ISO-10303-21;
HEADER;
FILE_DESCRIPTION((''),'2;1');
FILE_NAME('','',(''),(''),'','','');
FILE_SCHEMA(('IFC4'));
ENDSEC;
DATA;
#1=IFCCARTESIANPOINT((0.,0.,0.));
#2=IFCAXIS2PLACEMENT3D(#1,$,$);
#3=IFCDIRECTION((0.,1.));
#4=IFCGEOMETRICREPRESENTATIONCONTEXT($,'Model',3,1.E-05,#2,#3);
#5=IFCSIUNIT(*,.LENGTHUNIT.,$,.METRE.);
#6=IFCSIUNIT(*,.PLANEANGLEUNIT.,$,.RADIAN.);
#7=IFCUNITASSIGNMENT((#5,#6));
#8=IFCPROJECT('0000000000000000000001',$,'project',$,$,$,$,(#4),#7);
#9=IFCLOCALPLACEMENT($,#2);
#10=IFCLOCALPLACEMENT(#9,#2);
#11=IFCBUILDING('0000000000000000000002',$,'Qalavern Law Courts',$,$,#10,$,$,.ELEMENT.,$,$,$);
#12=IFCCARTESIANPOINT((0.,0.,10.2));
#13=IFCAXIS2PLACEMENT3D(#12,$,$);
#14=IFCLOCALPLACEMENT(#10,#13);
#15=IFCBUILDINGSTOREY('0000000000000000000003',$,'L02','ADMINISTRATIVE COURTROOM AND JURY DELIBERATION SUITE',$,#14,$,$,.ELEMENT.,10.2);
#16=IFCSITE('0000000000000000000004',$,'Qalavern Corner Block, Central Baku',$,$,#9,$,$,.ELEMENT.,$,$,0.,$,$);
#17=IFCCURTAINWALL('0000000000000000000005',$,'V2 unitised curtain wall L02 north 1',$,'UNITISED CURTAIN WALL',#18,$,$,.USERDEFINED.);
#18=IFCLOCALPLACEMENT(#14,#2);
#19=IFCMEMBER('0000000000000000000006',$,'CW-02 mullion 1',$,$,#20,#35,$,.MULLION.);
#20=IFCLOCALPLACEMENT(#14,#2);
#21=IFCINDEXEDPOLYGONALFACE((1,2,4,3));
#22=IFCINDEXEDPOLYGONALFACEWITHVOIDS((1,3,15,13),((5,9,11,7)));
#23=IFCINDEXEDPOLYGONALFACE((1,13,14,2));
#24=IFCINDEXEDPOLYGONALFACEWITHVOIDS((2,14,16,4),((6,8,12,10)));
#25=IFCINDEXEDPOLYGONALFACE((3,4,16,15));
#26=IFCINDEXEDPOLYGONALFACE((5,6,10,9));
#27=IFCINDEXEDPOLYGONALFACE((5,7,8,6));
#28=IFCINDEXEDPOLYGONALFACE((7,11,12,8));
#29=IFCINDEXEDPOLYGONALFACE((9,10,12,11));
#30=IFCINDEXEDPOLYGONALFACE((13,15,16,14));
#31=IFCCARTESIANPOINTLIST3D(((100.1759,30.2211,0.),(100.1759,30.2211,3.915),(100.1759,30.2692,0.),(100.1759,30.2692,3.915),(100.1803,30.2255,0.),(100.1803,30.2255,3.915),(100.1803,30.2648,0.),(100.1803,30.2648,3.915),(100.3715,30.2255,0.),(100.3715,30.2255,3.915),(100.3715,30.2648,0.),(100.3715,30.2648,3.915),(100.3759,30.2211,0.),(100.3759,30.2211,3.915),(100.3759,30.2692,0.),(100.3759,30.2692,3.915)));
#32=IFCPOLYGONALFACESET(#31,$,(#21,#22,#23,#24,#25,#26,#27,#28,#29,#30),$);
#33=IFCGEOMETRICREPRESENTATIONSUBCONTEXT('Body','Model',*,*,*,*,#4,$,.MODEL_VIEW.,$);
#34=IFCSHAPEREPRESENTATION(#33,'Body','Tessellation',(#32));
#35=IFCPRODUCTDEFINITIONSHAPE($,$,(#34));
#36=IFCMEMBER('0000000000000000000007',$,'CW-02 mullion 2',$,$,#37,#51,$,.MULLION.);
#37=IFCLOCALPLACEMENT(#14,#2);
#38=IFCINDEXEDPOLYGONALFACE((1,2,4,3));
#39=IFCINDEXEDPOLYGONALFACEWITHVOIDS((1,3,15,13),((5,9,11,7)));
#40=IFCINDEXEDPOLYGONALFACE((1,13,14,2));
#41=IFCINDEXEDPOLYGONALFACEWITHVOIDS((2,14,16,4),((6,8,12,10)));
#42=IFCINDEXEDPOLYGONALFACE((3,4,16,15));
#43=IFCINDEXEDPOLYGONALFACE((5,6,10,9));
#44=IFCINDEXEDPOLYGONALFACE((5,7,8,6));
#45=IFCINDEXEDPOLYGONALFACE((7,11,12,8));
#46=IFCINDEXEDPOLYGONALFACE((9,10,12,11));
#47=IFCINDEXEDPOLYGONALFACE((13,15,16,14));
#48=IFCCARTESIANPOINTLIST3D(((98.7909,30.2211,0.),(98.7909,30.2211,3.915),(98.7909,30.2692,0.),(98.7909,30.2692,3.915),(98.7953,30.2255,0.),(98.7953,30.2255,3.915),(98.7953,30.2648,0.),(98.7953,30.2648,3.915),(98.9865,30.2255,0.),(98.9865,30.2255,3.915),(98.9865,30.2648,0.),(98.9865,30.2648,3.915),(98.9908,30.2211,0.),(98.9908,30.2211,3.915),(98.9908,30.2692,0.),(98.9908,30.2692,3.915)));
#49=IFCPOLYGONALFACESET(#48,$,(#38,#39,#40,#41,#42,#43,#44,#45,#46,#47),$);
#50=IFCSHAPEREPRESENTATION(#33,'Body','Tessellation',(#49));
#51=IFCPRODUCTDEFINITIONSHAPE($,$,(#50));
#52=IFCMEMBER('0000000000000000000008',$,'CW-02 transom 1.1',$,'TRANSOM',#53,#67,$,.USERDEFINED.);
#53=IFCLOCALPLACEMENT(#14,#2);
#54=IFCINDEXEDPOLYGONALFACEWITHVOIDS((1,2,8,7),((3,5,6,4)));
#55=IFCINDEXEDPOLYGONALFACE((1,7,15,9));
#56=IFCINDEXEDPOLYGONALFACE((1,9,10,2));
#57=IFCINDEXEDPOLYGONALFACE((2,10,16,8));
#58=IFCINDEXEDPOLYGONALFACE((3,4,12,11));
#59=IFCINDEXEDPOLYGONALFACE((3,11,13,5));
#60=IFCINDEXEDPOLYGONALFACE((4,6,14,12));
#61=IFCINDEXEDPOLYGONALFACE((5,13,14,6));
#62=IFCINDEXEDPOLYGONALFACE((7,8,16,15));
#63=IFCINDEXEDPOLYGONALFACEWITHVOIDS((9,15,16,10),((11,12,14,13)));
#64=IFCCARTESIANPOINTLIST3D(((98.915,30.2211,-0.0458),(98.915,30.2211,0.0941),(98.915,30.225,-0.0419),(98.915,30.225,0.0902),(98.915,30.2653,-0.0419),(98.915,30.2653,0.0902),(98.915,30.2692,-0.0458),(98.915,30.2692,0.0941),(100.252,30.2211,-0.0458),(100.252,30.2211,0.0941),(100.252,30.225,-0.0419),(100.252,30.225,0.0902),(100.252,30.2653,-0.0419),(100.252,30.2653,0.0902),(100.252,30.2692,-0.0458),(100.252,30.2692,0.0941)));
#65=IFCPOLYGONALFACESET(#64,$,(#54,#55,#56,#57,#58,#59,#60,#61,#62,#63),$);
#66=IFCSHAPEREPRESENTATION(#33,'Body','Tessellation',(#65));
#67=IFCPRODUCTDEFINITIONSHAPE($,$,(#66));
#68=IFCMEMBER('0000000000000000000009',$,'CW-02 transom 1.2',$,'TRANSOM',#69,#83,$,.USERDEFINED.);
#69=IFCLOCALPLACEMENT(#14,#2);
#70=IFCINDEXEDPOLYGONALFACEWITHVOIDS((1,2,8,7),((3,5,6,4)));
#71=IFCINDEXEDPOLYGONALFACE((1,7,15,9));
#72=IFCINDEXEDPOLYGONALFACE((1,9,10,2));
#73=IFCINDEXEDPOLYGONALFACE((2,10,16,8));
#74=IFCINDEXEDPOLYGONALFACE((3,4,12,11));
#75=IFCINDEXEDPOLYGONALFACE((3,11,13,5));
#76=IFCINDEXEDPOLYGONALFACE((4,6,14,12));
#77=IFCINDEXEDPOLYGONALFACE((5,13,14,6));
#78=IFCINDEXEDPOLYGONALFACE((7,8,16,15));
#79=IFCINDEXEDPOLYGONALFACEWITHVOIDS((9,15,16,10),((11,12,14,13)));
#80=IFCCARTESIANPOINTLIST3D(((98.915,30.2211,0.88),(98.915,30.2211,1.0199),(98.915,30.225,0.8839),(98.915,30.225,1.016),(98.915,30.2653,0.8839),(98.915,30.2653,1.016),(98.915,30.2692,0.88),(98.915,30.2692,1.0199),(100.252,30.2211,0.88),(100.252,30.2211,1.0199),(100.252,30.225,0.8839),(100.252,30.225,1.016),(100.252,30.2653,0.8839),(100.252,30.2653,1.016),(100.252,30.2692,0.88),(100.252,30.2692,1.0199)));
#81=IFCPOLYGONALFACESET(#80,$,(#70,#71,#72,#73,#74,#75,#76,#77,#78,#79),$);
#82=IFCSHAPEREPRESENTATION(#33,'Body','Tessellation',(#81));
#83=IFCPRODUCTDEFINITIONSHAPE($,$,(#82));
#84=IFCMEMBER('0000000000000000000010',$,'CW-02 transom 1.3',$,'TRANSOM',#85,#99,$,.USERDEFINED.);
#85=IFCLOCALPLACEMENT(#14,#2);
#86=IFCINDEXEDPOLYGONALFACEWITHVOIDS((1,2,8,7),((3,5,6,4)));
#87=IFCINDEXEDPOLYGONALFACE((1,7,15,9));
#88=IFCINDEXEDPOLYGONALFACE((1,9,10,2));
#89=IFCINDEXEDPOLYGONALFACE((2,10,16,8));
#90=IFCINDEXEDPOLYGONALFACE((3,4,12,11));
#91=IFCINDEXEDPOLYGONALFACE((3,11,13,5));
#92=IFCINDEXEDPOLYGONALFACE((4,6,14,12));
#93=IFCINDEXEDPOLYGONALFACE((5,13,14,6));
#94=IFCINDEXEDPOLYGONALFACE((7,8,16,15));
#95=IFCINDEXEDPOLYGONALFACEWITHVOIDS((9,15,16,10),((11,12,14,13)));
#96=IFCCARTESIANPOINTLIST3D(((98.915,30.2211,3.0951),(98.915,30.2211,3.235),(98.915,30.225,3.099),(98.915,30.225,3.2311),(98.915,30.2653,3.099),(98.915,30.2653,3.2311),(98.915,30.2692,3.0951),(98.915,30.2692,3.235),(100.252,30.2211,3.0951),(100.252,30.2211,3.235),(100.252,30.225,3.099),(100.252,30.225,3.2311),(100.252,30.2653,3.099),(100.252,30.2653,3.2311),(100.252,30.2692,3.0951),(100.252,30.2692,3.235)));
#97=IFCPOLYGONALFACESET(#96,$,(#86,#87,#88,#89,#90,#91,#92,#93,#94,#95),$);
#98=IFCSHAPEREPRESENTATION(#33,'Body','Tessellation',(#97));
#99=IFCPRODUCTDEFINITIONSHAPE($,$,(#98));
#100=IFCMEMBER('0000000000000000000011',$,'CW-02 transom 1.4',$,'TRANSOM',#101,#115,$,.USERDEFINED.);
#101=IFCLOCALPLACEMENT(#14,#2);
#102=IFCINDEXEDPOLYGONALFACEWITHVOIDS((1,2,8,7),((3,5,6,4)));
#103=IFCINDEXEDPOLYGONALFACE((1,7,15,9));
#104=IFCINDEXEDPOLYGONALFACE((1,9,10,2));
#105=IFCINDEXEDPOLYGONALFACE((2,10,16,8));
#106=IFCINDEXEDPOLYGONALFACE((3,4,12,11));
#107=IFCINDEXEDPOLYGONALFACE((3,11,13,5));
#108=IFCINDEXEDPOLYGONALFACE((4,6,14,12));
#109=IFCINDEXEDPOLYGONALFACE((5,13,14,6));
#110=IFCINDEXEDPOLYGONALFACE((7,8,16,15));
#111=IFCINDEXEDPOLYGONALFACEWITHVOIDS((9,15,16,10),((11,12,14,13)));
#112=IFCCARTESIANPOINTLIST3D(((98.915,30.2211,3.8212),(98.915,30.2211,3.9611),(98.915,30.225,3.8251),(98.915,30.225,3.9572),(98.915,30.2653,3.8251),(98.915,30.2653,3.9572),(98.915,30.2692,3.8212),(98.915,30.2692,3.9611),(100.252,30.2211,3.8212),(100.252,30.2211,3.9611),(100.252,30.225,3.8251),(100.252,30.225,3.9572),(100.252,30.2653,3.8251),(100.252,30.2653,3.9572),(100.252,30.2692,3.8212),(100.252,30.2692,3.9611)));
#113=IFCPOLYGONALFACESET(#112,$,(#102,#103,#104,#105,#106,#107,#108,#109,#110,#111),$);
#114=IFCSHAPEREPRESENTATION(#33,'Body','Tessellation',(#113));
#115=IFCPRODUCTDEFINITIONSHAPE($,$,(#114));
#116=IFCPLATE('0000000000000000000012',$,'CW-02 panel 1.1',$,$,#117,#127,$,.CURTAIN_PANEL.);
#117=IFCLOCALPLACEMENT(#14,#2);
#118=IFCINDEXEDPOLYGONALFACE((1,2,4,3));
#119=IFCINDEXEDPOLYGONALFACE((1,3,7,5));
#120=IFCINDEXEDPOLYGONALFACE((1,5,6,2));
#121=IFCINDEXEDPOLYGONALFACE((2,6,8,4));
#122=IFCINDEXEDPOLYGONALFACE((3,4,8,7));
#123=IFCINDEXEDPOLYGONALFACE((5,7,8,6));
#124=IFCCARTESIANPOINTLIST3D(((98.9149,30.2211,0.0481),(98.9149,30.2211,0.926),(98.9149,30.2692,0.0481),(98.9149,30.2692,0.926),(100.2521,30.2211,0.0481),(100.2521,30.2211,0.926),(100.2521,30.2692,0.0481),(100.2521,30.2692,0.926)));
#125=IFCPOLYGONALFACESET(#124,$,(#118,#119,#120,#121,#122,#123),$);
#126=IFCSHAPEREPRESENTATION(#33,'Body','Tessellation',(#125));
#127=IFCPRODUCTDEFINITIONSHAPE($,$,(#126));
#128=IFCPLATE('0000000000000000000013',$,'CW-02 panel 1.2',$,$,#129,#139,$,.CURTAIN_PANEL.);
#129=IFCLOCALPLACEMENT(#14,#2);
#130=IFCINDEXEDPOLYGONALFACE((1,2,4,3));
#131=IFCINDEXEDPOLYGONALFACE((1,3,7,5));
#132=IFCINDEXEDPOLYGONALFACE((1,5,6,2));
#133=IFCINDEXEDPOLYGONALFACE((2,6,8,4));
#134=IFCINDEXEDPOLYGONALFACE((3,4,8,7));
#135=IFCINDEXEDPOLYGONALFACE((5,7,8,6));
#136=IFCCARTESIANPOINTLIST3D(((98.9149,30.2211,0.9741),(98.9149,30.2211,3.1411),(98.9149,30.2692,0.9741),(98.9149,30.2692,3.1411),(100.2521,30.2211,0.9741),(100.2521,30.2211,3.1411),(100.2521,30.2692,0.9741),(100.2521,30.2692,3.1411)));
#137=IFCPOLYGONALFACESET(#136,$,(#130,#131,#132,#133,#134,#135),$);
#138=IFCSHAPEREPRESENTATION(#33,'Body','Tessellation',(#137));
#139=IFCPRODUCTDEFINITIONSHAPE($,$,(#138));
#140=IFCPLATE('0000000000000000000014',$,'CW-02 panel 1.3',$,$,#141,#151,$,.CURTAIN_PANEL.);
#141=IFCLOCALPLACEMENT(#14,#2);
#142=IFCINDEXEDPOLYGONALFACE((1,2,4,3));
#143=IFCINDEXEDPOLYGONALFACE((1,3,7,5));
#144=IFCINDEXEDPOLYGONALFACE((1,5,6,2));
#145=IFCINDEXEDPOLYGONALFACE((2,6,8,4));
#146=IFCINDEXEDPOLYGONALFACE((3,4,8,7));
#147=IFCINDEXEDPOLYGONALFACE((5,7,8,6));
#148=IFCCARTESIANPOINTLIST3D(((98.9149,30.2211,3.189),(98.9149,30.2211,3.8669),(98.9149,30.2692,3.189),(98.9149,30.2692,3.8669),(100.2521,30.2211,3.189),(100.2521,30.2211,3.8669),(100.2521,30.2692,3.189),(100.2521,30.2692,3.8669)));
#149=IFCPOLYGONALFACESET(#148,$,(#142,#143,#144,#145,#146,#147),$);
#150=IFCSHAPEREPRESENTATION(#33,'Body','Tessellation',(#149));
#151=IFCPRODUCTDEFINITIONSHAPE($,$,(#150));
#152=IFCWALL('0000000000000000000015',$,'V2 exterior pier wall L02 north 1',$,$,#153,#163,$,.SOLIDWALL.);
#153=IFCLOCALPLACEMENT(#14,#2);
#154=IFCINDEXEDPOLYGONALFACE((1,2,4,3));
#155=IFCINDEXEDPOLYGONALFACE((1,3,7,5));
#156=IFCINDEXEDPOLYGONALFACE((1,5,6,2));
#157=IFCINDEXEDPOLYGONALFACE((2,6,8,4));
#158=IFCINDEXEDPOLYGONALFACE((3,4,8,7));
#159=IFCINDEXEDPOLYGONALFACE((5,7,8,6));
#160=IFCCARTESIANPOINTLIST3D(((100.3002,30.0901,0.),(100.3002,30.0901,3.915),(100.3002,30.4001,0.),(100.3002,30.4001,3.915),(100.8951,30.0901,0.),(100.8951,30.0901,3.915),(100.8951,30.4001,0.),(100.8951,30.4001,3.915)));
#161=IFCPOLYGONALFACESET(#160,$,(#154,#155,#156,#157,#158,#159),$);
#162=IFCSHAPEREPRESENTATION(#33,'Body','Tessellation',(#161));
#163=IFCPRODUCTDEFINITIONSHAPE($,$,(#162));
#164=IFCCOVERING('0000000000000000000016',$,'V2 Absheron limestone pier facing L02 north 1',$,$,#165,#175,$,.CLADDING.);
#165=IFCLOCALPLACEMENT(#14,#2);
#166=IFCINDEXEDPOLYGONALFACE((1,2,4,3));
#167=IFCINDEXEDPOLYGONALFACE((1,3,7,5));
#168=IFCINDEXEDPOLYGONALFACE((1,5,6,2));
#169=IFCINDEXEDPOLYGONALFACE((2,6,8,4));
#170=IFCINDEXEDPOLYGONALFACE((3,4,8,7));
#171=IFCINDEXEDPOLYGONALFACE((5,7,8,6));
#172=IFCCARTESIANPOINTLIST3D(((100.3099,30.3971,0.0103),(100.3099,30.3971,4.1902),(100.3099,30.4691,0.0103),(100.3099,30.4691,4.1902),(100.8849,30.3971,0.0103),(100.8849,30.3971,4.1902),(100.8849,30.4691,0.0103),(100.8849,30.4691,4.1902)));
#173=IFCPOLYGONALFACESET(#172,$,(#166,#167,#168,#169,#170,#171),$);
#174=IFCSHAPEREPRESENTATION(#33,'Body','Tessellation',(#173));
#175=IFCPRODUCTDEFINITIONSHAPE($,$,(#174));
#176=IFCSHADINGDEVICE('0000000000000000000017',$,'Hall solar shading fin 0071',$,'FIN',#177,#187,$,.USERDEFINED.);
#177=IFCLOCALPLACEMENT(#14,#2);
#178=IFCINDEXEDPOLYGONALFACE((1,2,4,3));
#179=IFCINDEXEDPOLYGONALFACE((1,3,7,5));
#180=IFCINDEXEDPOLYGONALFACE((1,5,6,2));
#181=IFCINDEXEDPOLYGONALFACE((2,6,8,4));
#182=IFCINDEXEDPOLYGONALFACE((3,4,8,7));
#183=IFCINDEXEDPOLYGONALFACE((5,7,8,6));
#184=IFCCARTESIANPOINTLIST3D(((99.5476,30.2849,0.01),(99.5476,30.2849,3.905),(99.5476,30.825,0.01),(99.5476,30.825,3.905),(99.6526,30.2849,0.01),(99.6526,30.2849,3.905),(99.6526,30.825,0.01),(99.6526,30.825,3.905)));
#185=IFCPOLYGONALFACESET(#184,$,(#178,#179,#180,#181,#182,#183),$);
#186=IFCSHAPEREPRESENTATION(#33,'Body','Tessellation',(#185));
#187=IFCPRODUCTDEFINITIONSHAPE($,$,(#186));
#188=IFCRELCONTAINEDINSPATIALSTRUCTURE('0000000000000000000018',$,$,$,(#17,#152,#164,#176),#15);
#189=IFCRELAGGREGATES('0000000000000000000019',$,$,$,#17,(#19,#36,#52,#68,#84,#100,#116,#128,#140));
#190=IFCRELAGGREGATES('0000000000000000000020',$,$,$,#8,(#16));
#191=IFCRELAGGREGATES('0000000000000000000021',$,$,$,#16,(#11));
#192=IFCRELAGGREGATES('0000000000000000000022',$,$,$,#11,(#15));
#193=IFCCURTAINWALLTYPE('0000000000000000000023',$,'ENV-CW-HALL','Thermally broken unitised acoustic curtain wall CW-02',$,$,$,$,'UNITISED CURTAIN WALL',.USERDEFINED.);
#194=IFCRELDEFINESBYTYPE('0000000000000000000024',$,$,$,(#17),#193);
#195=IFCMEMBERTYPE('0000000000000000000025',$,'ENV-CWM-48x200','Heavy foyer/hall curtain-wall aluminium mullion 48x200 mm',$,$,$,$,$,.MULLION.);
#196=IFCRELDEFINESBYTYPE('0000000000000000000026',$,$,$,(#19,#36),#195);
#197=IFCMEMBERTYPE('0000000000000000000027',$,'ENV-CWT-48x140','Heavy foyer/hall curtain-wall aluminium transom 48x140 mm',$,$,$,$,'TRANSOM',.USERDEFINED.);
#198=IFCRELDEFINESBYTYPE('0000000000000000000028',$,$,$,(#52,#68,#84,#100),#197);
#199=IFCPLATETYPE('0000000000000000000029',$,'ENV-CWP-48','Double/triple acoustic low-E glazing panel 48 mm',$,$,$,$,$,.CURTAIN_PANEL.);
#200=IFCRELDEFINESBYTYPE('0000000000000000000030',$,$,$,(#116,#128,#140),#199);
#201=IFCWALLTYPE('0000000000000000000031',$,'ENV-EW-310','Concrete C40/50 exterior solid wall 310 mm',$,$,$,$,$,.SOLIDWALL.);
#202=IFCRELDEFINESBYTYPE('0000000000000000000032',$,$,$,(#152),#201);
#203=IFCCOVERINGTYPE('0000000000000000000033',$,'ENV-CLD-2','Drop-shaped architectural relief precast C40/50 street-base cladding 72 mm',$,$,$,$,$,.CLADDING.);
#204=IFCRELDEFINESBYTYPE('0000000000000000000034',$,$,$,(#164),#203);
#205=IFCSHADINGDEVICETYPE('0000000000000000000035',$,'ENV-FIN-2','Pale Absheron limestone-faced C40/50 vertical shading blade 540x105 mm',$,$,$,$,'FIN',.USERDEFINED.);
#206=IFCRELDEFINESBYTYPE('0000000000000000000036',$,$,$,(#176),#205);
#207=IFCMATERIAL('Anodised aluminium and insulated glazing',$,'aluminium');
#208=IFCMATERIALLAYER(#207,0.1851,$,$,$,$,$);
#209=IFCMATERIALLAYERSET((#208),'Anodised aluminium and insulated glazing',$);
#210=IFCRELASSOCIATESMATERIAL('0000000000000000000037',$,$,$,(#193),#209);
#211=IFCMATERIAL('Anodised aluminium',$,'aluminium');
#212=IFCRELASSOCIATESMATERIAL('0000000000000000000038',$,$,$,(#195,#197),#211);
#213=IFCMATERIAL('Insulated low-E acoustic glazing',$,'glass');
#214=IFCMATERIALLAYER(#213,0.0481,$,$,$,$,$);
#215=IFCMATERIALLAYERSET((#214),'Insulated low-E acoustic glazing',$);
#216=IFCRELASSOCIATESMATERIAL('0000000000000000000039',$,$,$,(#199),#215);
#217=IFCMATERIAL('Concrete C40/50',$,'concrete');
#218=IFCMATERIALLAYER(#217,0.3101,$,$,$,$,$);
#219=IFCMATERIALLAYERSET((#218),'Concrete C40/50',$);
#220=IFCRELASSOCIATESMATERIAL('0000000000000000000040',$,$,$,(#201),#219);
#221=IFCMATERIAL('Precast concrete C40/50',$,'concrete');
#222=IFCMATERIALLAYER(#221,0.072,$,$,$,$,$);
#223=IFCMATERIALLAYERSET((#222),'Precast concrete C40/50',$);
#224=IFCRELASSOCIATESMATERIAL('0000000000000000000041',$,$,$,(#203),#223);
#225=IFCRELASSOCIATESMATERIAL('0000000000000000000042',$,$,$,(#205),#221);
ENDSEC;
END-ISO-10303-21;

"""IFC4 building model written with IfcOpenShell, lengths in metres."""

from ifc_helpers import new_model, si_unit, direction, frame, frame_2d, origin, origin_2d, place, context, subcontext, project, spatial, rectangle, hollow_rectangle, extrude, material, layer, layer_set, material_profile, profile_set, type_object, element, aggregate, save


model = new_model("IFC4")

# Units and contexts
model_context = context("Model", 3, precision=1e-05, world=origin(), true_north=direction((0.0, 1.0)))
body_context = subcontext(model_context, "Body", "Model", "MODEL_VIEW")
ifc_project = project(units=[si_unit("LENGTHUNIT", "METRE"), si_unit("PLANEANGLEUNIT", "RADIAN")], contexts=[model_context])

# Site, building, storey
site_placement = place(None, origin())
site = spatial("IfcSite", under=ifc_project, at=site_placement, Name="Qalavern Corner Block, Central Baku", CompositionType="ELEMENT", RefElevation=0.0)
building_placement = place(site_placement, origin())
building = spatial("IfcBuilding", under=site, at=building_placement, Name="Qalavern Law Courts", CompositionType="ELEMENT")
storey_placement = place(building_placement, frame((0.0, 0.0, 10.2)))
storey = spatial("IfcBuildingStorey", under=building, at=storey_placement, Name="L02", Description="ADMINISTRATIVE COURTROOM AND JURY DELIBERATION SUITE", CompositionType="ELEMENT", Elevation=10.2)

# Curtain wall, members, plates
ifc_material_1 = material(Name="Anodised aluminium and insulated glazing", Category="aluminium")
ifc_layer_1 = layer(ifc_material_1, 0.1851)
ifc_layer_set_1 = layer_set([ifc_layer_1], Name="Anodised aluminium and insulated glazing")
curtain_wall_type = type_object("IfcCurtainWallType", Name="ENV-CW-HALL", Description="Thermally broken unitised acoustic curtain wall CW-02", ElementType="UNITISED CURTAIN WALL", PredefinedType="USERDEFINED", material=ifc_layer_set_1)
curtain_wall_placement = place(storey_placement, origin())
curtain_wall = element("IfcCurtainWall", 1, at=curtain_wall_placement, inside=storey, type_object=curtain_wall_type, Name="V2 unitised curtain wall L02 north 1", ObjectType="UNITISED CURTAIN WALL", PredefinedType="USERDEFINED")
ifc_material_2 = material(Name="Anodised aluminium", Category="aluminium")
ifc_material_profile_1 = material_profile(ifc_material_2, hollow_rectangle(XDim=0.0481, YDim=0.2, WallThickness=0.0044, at=origin_2d()), Name="ALU MULLION 48x200")
ifc_profile_set_1 = profile_set([ifc_material_profile_1], Name="Anodised aluminium")
member_type_1 = type_object("IfcMemberType", Name="ENV-CWM-48x200", Description="Heavy foyer/hall curtain-wall aluminium mullion 48x200 mm", PredefinedType="MULLION", material=ifc_profile_set_1)
member_1_placement = place(storey_placement, frame((100.2759, 30.2451, 0.0), z_axis=(0.0, 0.0, 1.0), x_axis=(0.0, -1.0, 0.0)))
member_1 = element("IfcMember", 2, at=member_1_placement, type_object=member_type_1, Name="CW-02 mullion 1", PredefinedType="MULLION", context=body_context, shape_type="SweptSolid", body=[
    extrude(hollow_rectangle(XDim=0.0481, YDim=0.2, WallThickness=0.0044, at=origin_2d()), origin(), (0.0, 0.0, 1.0), 3.915),
])
member_2_placement = place(storey_placement, frame((98.8909, 30.2451, 0.0), z_axis=(0.0, 0.0, 1.0), x_axis=(0.0, -1.0, 0.0)))
member_2 = element("IfcMember", 3, at=member_2_placement, type_object=member_type_1, Name="CW-02 mullion 2", PredefinedType="MULLION", context=body_context, shape_type="SweptSolid", body=[
    extrude(hollow_rectangle(XDim=0.0481, YDim=0.2, WallThickness=0.0044, at=origin_2d()), origin(), (0.0, 0.0, 1.0), 3.915),
])
ifc_material_profile_2 = material_profile(ifc_material_2, hollow_rectangle(XDim=0.0481, YDim=0.1399, WallThickness=0.0039, at=origin_2d()), Name="ALU TRANSOM 48x140")
ifc_profile_set_2 = profile_set([ifc_material_profile_2], Name="Anodised aluminium")
member_type_2 = type_object("IfcMemberType", Name="ENV-CWT-48x140", Description="Heavy foyer/hall curtain-wall aluminium transom 48x140 mm", ElementType="TRANSOM", PredefinedType="USERDEFINED", material=ifc_profile_set_2)
member_3_placement = place(storey_placement, frame((100.252, 30.2451, 0.0242), z_axis=(-1.0, 0.0, 0.0), x_axis=(0.0, -1.0, 0.0)))
member_3 = element("IfcMember", 4, at=member_3_placement, type_object=member_type_2, Name="CW-02 transom 1.1", ObjectType="TRANSOM", PredefinedType="USERDEFINED", context=body_context, shape_type="SweptSolid", body=[
    extrude(hollow_rectangle(XDim=0.0481, YDim=0.1399, WallThickness=0.0039, at=origin_2d()), origin(), (0.0, 0.0, 1.0), 1.3369),
])
member_4_placement = place(storey_placement, frame((100.252, 30.2451, 0.95), z_axis=(-1.0, 0.0, 0.0), x_axis=(0.0, -1.0, 0.0)))
member_4 = element("IfcMember", 5, at=member_4_placement, type_object=member_type_2, Name="CW-02 transom 1.2", ObjectType="TRANSOM", PredefinedType="USERDEFINED", context=body_context, shape_type="SweptSolid", body=[
    extrude(hollow_rectangle(XDim=0.0481, YDim=0.1399, WallThickness=0.0039, at=origin_2d()), origin(), (0.0, 0.0, 1.0), 1.3369),
])
member_5_placement = place(storey_placement, frame((100.252, 30.2451, 3.165), z_axis=(-1.0, 0.0, 0.0), x_axis=(0.0, -1.0, 0.0)))
member_5 = element("IfcMember", 6, at=member_5_placement, type_object=member_type_2, Name="CW-02 transom 1.3", ObjectType="TRANSOM", PredefinedType="USERDEFINED", context=body_context, shape_type="SweptSolid", body=[
    extrude(hollow_rectangle(XDim=0.0481, YDim=0.1399, WallThickness=0.0039, at=origin_2d()), origin(), (0.0, 0.0, 1.0), 1.3369),
])
member_6_placement = place(storey_placement, frame((100.252, 30.2451, 3.8911), z_axis=(-1.0, 0.0, 0.0), x_axis=(0.0, -1.0, 0.0)))
member_6 = element("IfcMember", 7, at=member_6_placement, type_object=member_type_2, Name="CW-02 transom 1.4", ObjectType="TRANSOM", PredefinedType="USERDEFINED", context=body_context, shape_type="SweptSolid", body=[
    extrude(hollow_rectangle(XDim=0.0481, YDim=0.1399, WallThickness=0.0039, at=origin_2d()), origin(), (0.0, 0.0, 1.0), 1.3369),
])
ifc_material_3 = material(Name="Insulated low-E acoustic glazing", Category="glass")
ifc_layer_2 = layer(ifc_material_3, 0.0481)
ifc_layer_set_2 = layer_set([ifc_layer_2], Name="Insulated low-E acoustic glazing")
plate_type = type_object("IfcPlateType", Name="ENV-CWP-48", Description="Double/triple acoustic low-E glazing panel 48 mm", PredefinedType="CURTAIN_PANEL", material=ifc_layer_set_2)
plate_1_placement = place(storey_placement, frame((99.5835, 30.2451, 0.0481), z_axis=(0.0, 0.0, 1.0), x_axis=(-1.0, 0.0, 0.0)))
plate_1 = element("IfcPlate", 8, at=plate_1_placement, type_object=plate_type, Name="CW-02 panel 1.1", PredefinedType="CURTAIN_PANEL", context=body_context, shape_type="SweptSolid", body=[
    extrude(rectangle(XDim=1.3372, YDim=0.0481, at=origin_2d()), origin(), (0.0, 0.0, 1.0), 0.8779),
])
plate_2_placement = place(storey_placement, frame((99.5835, 30.2451, 0.9741), z_axis=(0.0, 0.0, 1.0), x_axis=(-1.0, 0.0, 0.0)))
plate_2 = element("IfcPlate", 9, at=plate_2_placement, type_object=plate_type, Name="CW-02 panel 1.2", PredefinedType="CURTAIN_PANEL", context=body_context, shape_type="SweptSolid", body=[
    extrude(rectangle(XDim=1.3372, YDim=0.0481, at=origin_2d()), origin(), (0.0, 0.0, 1.0), 2.167),
])
plate_3_placement = place(storey_placement, frame((99.5835, 30.2451, 3.189), z_axis=(0.0, 0.0, 1.0), x_axis=(-1.0, 0.0, 0.0)))
plate_3 = element("IfcPlate", 10, at=plate_3_placement, type_object=plate_type, Name="CW-02 panel 1.3", PredefinedType="CURTAIN_PANEL", context=body_context, shape_type="SweptSolid", body=[
    extrude(rectangle(XDim=1.3372, YDim=0.0481, at=origin_2d()), origin(), (0.0, 0.0, 1.0), 0.678),
])
aggregate(curtain_wall, [member_1, member_2, member_3, member_4, member_5, member_6, plate_1, plate_2, plate_3])

# Wall
ifc_material_4 = material(Name="Concrete C40/50", Category="concrete")
ifc_layer_3 = layer(ifc_material_4, 0.3101)
ifc_layer_set_3 = layer_set([ifc_layer_3], Name="Concrete C40/50")
wall_type = type_object("IfcWallType", Name="ENV-EW-310", Description="Concrete C40/50 exterior solid wall 310 mm", PredefinedType="SOLIDWALL", material=ifc_layer_set_3)
wall_placement = place(storey_placement, frame((100.895, 30.2451, 0.0), z_axis=(0.0, 0.0, 1.0), x_axis=(-1.0, 0.0, 0.0)))
element("IfcWall", 11, at=wall_placement, inside=storey, type_object=wall_type, Name="V2 exterior pier wall L02 north 1", PredefinedType="SOLIDWALL", context=body_context, shape_type="SweptSolid", body=[
    extrude(rectangle(XDim=0.595, YDim=0.3101, at=frame_2d((0.2974, 0.0))), origin(), (0.0, 0.0, 1.0), 3.915),
])

# Covering
ifc_material_5 = material(Name="Precast concrete C40/50", Category="concrete")
ifc_layer_4 = layer(ifc_material_5, 0.072)
ifc_layer_set_4 = layer_set([ifc_layer_4], Name="Precast concrete C40/50")
covering_type = type_object("IfcCoveringType", Name="ENV-CLD-2", Description="Drop-shaped architectural relief precast C40/50 street-base cladding 72 mm", PredefinedType="CLADDING", material=ifc_layer_set_4)
covering_placement = place(storey_placement, frame((100.5974, 30.4331, 0.0103), z_axis=(0.0, 0.0, 1.0), x_axis=(-1.0, 0.0, 0.0)))
element("IfcCovering", 12, at=covering_placement, inside=storey, type_object=covering_type, Name="V2 Absheron limestone pier facing L02 north 1", PredefinedType="CLADDING", context=body_context, shape_type="SweptSolid", body=[
    extrude(rectangle(XDim=0.575, YDim=0.072, at=origin_2d()), origin(), (0.0, 0.0, 1.0), 4.1799),
])

# Shading device
shading_device_type_1 = type_object("IfcShadingDeviceType", Name="ENV-FIN-2", Description="Pale Absheron limestone-faced C40/50 vertical shading blade 540x105 mm", ElementType="FIN", PredefinedType="USERDEFINED", material=ifc_material_5)
for number, where, z_axis, x_axis, name in (
    (13, (99.6001, 30.5549, 0.01), (0.0, 0.0, 1.0), (0.0, 1.0, 0.0), "Hall solar shading fin 0071"),
):
    element("IfcShadingDevice", number, at=place(storey_placement, frame(where, z_axis=z_axis, x_axis=x_axis)), inside=storey, type_object=shading_device_type_1, Name=name, ObjectType="FIN", PredefinedType="USERDEFINED", context=body_context, shape_type="SweptSolid", body=[
        extrude(rectangle(XDim=0.54, YDim=0.105, at=origin_2d()), origin(), (0.0, 0.0, 1.0), 3.895),
    ])

save(model, "model.ifc")
